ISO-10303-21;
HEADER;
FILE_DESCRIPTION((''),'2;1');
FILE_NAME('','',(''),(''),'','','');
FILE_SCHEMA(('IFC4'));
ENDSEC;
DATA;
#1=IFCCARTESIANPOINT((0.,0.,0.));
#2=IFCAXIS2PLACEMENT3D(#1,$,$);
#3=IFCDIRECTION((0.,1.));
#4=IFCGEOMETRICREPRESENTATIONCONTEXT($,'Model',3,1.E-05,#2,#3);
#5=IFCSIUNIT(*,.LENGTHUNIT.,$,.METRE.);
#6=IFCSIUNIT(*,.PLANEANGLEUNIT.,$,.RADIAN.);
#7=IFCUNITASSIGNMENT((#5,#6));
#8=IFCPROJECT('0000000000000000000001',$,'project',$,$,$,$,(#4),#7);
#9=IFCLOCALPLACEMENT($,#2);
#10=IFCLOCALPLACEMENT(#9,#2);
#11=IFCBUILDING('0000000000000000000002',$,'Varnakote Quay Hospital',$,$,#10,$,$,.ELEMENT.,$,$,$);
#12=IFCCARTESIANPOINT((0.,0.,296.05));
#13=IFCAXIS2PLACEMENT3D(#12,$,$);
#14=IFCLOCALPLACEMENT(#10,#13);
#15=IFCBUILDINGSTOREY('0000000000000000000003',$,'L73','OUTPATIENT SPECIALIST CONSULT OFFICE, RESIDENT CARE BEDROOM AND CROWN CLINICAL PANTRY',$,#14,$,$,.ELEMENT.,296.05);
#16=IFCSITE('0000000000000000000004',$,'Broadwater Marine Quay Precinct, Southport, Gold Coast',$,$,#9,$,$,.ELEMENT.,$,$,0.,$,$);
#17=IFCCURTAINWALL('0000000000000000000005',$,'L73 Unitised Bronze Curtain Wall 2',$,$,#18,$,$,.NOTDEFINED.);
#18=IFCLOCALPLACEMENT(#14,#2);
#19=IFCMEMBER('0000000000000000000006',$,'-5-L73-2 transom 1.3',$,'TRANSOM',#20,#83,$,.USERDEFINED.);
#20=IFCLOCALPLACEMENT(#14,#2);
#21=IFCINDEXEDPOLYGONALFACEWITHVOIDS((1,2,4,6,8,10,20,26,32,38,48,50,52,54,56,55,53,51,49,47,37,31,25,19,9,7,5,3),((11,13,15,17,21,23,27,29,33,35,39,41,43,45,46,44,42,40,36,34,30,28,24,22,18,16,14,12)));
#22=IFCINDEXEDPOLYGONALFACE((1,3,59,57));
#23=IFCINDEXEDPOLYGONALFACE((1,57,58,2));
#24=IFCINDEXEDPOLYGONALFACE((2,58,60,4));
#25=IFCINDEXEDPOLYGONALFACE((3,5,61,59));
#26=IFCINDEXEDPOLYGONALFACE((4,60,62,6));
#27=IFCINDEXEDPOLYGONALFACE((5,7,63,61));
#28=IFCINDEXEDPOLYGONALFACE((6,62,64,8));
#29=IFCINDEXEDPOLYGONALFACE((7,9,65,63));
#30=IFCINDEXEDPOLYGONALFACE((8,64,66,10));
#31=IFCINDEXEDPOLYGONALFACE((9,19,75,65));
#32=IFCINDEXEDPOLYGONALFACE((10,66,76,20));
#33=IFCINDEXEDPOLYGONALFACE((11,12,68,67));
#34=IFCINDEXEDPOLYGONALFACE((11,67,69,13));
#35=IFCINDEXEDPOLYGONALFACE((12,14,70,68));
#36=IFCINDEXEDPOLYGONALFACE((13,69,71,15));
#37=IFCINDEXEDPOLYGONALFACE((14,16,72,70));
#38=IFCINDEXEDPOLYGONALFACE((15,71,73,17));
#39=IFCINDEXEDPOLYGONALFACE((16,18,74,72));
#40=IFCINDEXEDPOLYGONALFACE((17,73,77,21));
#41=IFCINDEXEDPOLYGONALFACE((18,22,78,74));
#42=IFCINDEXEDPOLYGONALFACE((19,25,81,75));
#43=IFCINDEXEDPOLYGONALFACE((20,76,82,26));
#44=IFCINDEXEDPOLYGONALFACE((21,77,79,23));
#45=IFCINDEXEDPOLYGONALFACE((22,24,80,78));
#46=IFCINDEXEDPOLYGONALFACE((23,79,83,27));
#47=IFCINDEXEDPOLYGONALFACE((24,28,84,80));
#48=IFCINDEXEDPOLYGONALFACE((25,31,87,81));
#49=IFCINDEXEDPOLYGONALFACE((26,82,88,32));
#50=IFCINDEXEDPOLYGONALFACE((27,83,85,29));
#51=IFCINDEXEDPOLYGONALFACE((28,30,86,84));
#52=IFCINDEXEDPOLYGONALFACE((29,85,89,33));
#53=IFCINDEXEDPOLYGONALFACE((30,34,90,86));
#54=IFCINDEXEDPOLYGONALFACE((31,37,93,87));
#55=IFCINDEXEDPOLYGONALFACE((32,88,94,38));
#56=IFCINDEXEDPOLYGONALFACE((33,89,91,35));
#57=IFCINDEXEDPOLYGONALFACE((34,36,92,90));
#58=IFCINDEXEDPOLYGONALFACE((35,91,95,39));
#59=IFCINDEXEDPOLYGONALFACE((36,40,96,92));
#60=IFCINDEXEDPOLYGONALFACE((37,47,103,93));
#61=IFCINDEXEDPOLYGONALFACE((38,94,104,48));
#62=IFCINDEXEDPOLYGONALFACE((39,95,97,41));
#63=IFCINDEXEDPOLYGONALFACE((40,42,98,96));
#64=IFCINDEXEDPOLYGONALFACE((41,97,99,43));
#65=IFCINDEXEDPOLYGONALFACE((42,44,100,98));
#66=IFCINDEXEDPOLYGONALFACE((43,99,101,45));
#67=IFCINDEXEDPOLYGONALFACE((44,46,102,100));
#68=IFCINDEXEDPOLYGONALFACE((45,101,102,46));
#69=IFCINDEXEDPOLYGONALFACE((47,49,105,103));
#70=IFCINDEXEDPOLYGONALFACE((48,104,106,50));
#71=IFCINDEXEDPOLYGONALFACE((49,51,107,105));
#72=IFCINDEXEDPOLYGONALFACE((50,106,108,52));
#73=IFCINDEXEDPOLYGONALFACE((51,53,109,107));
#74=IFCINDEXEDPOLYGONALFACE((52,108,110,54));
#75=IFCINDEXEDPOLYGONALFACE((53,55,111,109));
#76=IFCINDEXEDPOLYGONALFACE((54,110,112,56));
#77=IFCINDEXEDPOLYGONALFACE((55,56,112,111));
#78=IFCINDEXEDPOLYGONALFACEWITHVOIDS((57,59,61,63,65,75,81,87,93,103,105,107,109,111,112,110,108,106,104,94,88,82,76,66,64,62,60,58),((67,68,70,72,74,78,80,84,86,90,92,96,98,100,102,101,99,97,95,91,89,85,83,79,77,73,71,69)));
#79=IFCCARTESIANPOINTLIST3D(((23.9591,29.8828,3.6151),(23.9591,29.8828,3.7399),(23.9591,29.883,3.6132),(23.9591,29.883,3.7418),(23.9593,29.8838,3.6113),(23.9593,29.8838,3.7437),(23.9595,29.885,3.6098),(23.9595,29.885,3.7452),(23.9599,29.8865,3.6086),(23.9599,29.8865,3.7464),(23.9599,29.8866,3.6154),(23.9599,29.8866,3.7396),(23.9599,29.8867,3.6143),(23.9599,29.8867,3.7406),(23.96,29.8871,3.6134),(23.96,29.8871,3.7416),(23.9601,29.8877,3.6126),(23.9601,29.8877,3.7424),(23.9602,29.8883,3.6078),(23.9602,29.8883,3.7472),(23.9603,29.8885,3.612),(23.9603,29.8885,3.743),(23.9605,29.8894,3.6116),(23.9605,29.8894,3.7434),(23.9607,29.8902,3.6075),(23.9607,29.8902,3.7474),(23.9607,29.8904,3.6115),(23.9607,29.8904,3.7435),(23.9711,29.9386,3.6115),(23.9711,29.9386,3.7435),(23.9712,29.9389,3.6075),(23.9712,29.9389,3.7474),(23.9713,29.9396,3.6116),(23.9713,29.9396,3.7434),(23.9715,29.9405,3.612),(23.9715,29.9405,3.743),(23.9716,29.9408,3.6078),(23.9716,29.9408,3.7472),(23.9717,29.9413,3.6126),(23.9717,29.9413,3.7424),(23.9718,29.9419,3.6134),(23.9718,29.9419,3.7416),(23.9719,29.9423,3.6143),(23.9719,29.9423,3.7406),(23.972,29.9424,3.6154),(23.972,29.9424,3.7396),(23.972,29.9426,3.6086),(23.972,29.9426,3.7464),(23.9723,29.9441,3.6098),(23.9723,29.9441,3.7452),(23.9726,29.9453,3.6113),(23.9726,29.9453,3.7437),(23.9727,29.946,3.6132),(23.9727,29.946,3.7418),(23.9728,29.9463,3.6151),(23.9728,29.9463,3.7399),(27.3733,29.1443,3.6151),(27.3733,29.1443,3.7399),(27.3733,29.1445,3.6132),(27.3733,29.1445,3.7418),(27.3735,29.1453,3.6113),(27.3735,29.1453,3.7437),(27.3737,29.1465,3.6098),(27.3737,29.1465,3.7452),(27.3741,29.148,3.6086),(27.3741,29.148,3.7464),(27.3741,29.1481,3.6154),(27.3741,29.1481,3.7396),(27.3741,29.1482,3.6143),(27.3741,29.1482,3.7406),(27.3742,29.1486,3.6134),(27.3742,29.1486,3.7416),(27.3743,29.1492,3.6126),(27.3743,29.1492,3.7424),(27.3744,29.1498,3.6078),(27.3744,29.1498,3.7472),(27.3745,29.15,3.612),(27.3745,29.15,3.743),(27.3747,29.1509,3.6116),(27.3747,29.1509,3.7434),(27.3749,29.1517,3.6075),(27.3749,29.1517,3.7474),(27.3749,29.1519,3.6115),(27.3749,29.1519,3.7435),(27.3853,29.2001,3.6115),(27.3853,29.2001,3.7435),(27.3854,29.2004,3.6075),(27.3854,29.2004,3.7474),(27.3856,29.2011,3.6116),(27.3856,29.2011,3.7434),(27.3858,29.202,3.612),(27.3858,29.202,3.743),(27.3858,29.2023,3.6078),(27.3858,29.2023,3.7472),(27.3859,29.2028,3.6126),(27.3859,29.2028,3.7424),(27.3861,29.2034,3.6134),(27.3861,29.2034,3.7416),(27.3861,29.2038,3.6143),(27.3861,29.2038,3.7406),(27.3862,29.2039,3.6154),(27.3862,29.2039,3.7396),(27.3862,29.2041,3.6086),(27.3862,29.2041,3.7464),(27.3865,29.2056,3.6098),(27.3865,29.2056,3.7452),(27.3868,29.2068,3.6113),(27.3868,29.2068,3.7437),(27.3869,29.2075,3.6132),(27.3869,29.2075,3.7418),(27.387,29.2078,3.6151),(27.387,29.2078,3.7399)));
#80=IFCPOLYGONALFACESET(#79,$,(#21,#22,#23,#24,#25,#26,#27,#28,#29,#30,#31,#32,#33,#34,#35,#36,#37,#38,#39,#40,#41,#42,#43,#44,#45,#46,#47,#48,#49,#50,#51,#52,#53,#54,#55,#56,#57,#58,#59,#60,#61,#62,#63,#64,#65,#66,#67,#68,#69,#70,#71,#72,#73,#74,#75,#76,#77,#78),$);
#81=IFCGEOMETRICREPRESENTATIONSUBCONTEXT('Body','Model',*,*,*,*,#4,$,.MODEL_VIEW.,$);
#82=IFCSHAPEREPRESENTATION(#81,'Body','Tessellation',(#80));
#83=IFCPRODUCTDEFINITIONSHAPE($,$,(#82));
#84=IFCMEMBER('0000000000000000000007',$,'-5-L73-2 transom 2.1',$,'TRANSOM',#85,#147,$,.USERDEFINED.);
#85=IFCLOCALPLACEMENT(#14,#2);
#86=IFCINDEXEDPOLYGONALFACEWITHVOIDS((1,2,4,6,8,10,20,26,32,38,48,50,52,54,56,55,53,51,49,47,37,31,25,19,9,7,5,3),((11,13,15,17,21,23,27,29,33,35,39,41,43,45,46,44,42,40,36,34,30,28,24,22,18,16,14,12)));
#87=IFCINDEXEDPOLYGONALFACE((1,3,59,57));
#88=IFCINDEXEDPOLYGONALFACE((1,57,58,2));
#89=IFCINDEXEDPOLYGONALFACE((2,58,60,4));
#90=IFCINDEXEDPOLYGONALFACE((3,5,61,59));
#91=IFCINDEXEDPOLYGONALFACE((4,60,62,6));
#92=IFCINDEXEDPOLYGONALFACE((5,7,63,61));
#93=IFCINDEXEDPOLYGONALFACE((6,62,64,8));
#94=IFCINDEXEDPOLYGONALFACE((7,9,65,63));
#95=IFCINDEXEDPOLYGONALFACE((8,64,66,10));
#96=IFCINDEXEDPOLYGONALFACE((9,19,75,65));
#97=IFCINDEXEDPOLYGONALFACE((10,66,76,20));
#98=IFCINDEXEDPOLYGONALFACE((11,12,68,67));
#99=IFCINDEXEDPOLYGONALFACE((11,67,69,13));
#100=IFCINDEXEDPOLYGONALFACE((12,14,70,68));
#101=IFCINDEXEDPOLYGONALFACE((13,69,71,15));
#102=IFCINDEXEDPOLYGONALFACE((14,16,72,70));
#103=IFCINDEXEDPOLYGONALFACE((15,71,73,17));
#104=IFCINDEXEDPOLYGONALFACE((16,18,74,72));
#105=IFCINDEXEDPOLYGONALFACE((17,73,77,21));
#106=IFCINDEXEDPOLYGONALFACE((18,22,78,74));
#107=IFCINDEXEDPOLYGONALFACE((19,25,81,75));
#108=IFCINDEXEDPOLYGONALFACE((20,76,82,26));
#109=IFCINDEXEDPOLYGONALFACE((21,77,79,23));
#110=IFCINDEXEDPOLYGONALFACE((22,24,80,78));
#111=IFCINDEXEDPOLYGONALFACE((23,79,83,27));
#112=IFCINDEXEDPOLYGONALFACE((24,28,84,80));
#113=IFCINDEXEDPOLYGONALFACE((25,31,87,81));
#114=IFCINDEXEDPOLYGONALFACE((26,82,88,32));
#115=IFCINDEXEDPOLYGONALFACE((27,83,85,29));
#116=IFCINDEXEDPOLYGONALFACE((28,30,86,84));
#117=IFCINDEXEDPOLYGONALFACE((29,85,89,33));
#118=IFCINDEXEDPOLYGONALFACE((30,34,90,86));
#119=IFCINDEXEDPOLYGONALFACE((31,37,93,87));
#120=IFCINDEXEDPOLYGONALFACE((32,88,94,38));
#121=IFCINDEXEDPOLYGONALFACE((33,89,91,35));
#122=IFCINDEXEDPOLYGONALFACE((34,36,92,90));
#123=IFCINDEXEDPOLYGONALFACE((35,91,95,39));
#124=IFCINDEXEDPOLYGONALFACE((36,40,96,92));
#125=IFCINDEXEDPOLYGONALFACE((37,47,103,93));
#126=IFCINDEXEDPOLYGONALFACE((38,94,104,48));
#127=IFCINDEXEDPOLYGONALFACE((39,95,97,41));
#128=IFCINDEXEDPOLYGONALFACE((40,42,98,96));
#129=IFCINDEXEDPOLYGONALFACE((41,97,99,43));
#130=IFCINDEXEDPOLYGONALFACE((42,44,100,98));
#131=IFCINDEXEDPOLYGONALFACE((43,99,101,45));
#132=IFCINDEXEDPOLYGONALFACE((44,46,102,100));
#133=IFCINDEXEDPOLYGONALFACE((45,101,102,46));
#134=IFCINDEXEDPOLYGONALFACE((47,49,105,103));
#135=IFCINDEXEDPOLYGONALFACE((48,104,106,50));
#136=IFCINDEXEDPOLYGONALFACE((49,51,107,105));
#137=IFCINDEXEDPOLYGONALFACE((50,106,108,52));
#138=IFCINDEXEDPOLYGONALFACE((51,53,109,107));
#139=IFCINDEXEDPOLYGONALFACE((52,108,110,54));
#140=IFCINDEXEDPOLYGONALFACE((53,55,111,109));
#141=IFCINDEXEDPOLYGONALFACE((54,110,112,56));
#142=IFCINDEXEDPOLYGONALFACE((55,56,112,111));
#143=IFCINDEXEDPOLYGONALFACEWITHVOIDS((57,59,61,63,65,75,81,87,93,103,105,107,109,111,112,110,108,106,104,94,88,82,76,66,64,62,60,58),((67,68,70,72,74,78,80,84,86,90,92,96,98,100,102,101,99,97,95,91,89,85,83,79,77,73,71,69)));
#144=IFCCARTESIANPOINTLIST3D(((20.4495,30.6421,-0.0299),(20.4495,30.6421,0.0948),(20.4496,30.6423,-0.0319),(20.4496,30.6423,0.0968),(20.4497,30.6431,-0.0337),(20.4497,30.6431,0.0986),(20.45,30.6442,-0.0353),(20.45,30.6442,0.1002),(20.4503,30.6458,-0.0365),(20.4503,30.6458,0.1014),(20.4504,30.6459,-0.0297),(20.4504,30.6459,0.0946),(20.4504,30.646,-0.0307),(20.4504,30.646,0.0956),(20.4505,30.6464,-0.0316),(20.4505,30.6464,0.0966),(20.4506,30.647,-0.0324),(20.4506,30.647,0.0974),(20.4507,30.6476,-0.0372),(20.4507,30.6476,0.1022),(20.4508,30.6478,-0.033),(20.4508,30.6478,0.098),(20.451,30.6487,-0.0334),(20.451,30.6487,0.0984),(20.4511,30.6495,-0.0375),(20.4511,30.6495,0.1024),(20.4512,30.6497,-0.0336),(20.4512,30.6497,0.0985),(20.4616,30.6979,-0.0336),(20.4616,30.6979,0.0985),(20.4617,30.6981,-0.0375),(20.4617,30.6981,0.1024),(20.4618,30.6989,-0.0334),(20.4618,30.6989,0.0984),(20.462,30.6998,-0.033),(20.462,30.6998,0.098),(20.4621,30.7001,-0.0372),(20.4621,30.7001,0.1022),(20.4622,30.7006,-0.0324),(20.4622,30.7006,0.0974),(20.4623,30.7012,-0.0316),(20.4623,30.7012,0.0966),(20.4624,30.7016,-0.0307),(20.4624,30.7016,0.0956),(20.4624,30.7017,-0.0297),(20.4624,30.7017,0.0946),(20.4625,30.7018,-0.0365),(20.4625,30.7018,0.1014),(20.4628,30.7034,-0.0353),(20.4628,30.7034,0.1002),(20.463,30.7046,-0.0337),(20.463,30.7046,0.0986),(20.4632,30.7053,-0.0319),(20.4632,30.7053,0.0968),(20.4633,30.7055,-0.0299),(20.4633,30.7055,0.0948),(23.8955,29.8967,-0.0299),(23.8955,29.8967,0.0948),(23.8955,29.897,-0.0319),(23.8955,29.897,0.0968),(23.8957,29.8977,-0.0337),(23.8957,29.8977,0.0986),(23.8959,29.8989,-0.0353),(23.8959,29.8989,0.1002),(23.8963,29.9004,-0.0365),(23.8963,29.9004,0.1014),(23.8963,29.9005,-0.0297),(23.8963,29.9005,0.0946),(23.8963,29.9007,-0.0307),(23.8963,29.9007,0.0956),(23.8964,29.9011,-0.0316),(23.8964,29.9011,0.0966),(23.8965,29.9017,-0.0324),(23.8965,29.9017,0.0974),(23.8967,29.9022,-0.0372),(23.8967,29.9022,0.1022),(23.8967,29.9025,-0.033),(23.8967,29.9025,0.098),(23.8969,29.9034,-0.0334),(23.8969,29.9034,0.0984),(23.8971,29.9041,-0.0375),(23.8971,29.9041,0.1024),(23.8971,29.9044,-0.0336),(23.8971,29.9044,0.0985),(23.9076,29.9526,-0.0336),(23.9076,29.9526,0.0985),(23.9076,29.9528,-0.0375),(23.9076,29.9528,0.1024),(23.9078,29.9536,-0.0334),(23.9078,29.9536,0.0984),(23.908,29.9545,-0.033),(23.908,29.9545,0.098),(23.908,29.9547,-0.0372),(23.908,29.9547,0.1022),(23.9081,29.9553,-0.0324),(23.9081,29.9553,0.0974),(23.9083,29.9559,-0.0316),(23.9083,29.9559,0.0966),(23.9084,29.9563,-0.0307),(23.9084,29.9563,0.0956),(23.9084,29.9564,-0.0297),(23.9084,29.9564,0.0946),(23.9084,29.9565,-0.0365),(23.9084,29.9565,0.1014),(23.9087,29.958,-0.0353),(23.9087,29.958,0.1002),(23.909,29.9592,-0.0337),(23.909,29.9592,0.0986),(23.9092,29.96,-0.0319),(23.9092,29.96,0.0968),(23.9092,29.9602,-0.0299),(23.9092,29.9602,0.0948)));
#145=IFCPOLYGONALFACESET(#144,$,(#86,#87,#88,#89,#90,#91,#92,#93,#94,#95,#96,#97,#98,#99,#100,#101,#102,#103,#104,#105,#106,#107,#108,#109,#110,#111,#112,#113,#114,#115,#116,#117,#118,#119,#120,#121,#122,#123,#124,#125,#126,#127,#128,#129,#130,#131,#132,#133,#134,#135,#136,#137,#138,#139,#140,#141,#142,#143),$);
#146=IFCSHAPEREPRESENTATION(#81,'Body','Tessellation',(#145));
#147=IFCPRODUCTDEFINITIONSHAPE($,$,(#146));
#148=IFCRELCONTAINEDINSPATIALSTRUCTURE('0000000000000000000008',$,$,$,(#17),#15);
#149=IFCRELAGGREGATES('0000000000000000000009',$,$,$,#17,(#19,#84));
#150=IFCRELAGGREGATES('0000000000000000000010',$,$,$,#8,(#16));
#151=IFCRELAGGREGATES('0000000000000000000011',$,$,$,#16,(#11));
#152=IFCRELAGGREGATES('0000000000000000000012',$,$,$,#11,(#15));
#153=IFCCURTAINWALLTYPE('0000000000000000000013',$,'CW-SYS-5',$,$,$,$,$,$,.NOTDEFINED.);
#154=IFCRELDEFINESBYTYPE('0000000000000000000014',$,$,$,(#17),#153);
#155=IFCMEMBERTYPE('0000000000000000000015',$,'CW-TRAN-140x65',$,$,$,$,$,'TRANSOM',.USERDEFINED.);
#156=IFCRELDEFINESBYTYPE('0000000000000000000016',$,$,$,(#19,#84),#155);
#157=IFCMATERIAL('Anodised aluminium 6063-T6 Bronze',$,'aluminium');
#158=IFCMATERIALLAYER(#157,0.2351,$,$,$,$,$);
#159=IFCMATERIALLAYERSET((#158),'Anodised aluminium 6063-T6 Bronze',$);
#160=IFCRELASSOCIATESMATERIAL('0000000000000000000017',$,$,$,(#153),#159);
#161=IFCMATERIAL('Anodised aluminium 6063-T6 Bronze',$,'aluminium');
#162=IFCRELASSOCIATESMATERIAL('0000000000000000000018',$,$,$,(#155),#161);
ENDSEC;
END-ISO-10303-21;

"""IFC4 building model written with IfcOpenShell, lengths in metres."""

from ifc_helpers import new_model, si_unit, direction, frame, origin, origin_2d, place, context, subcontext, project, spatial, hollow_rectangle, extrude, material, layer, layer_set, material_profile, profile_set, type_object, element, aggregate, save


model = new_model("IFC4")

# Units and contexts
model_context = context("Model", 3, precision=1e-05, world=origin(), true_north=direction((0.0, 1.0)))
body_context = subcontext(model_context, "Body", "Model", "MODEL_VIEW")
ifc_project = project(units=[si_unit("LENGTHUNIT", "METRE"), si_unit("PLANEANGLEUNIT", "RADIAN")], contexts=[model_context])

# Site, building, storey
site_placement = place(None, origin())
site = spatial("IfcSite", under=ifc_project, at=site_placement, Name="Broadwater Marine Quay Precinct, Southport, Gold Coast", CompositionType="ELEMENT", RefElevation=0.0)
building_placement = place(site_placement, origin())
building = spatial("IfcBuilding", under=site, at=building_placement, Name="Varnakote Quay Hospital", CompositionType="ELEMENT")
storey_placement = place(building_placement, frame((0.0, 0.0, 296.05)))
storey = spatial("IfcBuildingStorey", under=building, at=storey_placement, Name="L73", Description="OUTPATIENT SPECIALIST CONSULT OFFICE, RESIDENT CARE BEDROOM AND CROWN CLINICAL PANTRY", CompositionType="ELEMENT", Elevation=296.05)

# Shared definitions
ifc_material_1 = material(Name="Anodised aluminium 6063-T6 Bronze", Category="aluminium")
ifc_layer_1 = layer(ifc_material_1, 0.2351)
ifc_layer_set_1 = layer_set([ifc_layer_1], Name="Anodised aluminium 6063-T6 Bronze")
curtain_wall_type = type_object("IfcCurtainWallType", Name="CW-SYS-5", PredefinedType="NOTDEFINED", material=ifc_layer_set_1)

# Curtain wall, members
curtain_wall_1_placement = place(storey_placement, origin())
curtain_wall_1 = element("IfcCurtainWall", 1, at=curtain_wall_1_placement, inside=storey, type_object=curtain_wall_type, Name="L73 Unitised Bronze Curtain Wall 2", PredefinedType="NOTDEFINED")
ifc_material_2 = material(Name="Anodised aluminium 6063-T6 Bronze", Category="aluminium")
ifc_material_profile_1 = material_profile(ifc_material_2, hollow_rectangle(XDim=0.0649, YDim=0.1399, WallThickness=0.0039, InnerFilletRadius=0.0039, OuterFilletRadius=0.0076, at=origin_2d()), Name="CW-TRAN-140x65")
ifc_profile_set_1 = profile_set([ifc_material_profile_1], Name="Anodised aluminium 6063-T6 Bronze")
member_type_1 = type_object("IfcMemberType", Name="CW-TRAN-140x65", ElementType="TRANSOM", PredefinedType="USERDEFINED", material=ifc_profile_set_1)
member_1_placement = place(storey_placement, frame((27.3801, 29.176, 3.6775), z_axis=(-0.977397, 0.211414, 0.0), x_axis=(-0.211414, -0.977397, 0.0)))
member_1 = element("IfcMember", 2, at=member_1_placement, type_object=member_type_1, Name="-5-L73-2 transom 1.3", ObjectType="TRANSOM", PredefinedType="USERDEFINED", context=body_context, shape_type="SweptSolid", body=[
    extrude(hollow_rectangle(XDim=0.0649, YDim=0.1399, WallThickness=0.0039, InnerFilletRadius=0.0039, OuterFilletRadius=0.0076, at=origin_2d()), origin(), (0.0, 0.0, 1.0), 3.4932),
])
member_2_placement = place(storey_placement, frame((23.9023, 29.9285, 0.0325), z_axis=(-0.977398, 0.211406, 0.0), x_axis=(-0.211406, -0.977398, 0.0)))
member_2 = element("IfcMember", 3, at=member_2_placement, type_object=member_type_1, Name="-5-L73-2 transom 2.1", ObjectType="TRANSOM", PredefinedType="USERDEFINED", context=body_context, shape_type="SweptSolid", body=[
    extrude(hollow_rectangle(XDim=0.0649, YDim=0.1399, WallThickness=0.0039, InnerFilletRadius=0.0039, OuterFilletRadius=0.0076, at=origin_2d()), origin(), (0.0, 0.0, 1.0), 3.5256),
])

aggregate(curtain_wall_1, [member_1, member_2])

save(model, "model.ifc")
